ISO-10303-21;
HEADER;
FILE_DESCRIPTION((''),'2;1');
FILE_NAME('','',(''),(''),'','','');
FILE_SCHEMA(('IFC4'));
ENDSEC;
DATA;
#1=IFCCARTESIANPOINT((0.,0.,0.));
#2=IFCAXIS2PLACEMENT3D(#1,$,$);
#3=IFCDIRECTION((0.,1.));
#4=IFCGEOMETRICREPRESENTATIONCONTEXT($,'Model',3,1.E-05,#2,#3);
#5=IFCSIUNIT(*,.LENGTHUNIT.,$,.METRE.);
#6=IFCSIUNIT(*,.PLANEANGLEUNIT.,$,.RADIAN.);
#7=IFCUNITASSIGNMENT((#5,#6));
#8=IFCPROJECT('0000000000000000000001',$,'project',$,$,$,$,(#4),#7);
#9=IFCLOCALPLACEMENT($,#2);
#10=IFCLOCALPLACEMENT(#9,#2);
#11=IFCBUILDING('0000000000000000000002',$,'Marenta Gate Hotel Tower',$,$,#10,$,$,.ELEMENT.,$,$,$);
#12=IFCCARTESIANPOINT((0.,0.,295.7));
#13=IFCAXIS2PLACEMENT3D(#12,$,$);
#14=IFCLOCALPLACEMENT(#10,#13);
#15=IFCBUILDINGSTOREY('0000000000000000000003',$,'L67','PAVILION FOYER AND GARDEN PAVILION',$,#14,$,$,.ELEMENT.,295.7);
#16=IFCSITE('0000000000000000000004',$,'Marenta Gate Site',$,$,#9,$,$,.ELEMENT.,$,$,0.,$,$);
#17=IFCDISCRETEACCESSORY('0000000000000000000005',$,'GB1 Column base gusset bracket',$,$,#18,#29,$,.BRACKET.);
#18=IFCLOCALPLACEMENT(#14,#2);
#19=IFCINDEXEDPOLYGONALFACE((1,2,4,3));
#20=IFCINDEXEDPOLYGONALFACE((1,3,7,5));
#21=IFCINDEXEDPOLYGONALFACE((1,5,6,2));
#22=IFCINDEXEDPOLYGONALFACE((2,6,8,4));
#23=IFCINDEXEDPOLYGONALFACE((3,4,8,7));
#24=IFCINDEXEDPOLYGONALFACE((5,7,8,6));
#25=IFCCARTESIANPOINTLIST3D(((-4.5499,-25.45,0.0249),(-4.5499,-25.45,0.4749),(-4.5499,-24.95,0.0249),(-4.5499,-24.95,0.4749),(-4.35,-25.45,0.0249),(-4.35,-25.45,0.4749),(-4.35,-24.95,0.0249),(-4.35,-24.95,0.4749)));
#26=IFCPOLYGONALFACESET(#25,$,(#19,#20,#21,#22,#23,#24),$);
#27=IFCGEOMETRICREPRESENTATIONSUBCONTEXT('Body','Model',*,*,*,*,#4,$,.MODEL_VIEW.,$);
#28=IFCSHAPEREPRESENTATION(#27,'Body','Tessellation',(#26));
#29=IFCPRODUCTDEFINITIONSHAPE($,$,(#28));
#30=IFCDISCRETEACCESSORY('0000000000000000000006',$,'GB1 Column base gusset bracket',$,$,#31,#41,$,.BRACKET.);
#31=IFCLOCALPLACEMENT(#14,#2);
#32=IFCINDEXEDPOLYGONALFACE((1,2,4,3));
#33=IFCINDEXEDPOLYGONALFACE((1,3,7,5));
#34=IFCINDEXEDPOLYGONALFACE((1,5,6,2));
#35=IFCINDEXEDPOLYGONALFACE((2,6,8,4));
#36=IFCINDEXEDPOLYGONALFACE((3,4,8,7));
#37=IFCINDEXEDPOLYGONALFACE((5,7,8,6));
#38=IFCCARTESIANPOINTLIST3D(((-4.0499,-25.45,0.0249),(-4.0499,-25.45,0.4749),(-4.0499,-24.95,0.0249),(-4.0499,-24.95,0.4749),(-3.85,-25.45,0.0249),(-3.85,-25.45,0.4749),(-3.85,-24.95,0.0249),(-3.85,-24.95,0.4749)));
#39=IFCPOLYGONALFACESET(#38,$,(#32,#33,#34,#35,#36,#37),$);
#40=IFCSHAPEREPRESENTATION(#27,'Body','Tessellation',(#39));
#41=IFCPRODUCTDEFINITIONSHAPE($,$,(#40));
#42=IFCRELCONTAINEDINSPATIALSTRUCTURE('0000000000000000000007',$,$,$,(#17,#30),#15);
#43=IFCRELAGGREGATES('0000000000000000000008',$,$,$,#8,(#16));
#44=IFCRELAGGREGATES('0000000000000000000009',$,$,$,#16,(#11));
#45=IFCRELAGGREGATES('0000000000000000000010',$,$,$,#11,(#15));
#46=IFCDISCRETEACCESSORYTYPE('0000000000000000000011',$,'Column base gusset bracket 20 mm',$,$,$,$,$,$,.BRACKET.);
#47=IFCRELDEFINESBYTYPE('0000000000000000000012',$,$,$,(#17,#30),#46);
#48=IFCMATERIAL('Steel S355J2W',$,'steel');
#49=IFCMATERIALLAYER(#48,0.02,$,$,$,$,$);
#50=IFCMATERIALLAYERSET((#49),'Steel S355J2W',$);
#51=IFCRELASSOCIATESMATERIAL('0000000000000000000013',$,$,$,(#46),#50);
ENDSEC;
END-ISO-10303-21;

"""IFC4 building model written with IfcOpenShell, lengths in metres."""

from ifc_helpers import new_model, si_unit, direction, frame, origin, origin_2d, place, context, subcontext, project, spatial, rectangle, extrude, material, layer, layer_set, type_object, element, save


model = new_model("IFC4")

# Units and contexts
model_context = context("Model", 3, precision=1e-05, world=origin(), true_north=direction((0.0, 1.0)))
body_context = subcontext(model_context, "Body", "Model", "MODEL_VIEW")
ifc_project = project(units=[si_unit("LENGTHUNIT", "METRE"), si_unit("PLANEANGLEUNIT", "RADIAN")], contexts=[model_context])

# Site, building, storey
site_placement = place(None, origin())
site = spatial("IfcSite", under=ifc_project, at=site_placement, Name="Marenta Gate Site", CompositionType="ELEMENT", RefElevation=0.0)
building_placement = place(site_placement, origin())
building = spatial("IfcBuilding", under=site, at=building_placement, Name="Marenta Gate Hotel Tower", CompositionType="ELEMENT")
storey_placement = place(building_placement, frame((0.0, 0.0, 295.7)))
storey = spatial("IfcBuildingStorey", under=building, at=storey_placement, Name="L67", Description="PAVILION FOYER AND GARDEN PAVILION", CompositionType="ELEMENT", Elevation=295.7)

# Discrete accessories
ifc_material_1 = material(Name="Steel S355J2W", Category="steel")
ifc_layer_1 = layer(ifc_material_1, 0.02)
ifc_layer_set_1 = layer_set([ifc_layer_1], Name="Steel S355J2W")
discrete_accessory_type = type_object("IfcDiscreteAccessoryType", Name="Column base gusset bracket 20 mm", PredefinedType="BRACKET", material=ifc_layer_set_1)
for number, where, z_axis, x_axis, name in (
    (1, (-4.45, -25.2, 0.0249), (0.0, 0.0, 1.0), (1.0, 0.0, 0.0), "GB1 Column base gusset bracket"),
    (2, (-3.95, -25.2, 0.0249), (0.0, 0.0, 1.0), (1.0, 0.0, 0.0), "GB1 Column base gusset bracket"),
):
    element("IfcDiscreteAccessory", number, at=place(storey_placement, frame(where, z_axis=z_axis, x_axis=x_axis)), inside=storey, type_object=discrete_accessory_type, Name=name, PredefinedType="BRACKET", context=body_context, shape_type="SweptSolid", body=[
        extrude(rectangle(XDim=0.2, YDim=0.5, at=origin_2d()), origin(), (0.0, 0.0, 1.0), 0.45),
    ])

save(model, "model.ifc")
